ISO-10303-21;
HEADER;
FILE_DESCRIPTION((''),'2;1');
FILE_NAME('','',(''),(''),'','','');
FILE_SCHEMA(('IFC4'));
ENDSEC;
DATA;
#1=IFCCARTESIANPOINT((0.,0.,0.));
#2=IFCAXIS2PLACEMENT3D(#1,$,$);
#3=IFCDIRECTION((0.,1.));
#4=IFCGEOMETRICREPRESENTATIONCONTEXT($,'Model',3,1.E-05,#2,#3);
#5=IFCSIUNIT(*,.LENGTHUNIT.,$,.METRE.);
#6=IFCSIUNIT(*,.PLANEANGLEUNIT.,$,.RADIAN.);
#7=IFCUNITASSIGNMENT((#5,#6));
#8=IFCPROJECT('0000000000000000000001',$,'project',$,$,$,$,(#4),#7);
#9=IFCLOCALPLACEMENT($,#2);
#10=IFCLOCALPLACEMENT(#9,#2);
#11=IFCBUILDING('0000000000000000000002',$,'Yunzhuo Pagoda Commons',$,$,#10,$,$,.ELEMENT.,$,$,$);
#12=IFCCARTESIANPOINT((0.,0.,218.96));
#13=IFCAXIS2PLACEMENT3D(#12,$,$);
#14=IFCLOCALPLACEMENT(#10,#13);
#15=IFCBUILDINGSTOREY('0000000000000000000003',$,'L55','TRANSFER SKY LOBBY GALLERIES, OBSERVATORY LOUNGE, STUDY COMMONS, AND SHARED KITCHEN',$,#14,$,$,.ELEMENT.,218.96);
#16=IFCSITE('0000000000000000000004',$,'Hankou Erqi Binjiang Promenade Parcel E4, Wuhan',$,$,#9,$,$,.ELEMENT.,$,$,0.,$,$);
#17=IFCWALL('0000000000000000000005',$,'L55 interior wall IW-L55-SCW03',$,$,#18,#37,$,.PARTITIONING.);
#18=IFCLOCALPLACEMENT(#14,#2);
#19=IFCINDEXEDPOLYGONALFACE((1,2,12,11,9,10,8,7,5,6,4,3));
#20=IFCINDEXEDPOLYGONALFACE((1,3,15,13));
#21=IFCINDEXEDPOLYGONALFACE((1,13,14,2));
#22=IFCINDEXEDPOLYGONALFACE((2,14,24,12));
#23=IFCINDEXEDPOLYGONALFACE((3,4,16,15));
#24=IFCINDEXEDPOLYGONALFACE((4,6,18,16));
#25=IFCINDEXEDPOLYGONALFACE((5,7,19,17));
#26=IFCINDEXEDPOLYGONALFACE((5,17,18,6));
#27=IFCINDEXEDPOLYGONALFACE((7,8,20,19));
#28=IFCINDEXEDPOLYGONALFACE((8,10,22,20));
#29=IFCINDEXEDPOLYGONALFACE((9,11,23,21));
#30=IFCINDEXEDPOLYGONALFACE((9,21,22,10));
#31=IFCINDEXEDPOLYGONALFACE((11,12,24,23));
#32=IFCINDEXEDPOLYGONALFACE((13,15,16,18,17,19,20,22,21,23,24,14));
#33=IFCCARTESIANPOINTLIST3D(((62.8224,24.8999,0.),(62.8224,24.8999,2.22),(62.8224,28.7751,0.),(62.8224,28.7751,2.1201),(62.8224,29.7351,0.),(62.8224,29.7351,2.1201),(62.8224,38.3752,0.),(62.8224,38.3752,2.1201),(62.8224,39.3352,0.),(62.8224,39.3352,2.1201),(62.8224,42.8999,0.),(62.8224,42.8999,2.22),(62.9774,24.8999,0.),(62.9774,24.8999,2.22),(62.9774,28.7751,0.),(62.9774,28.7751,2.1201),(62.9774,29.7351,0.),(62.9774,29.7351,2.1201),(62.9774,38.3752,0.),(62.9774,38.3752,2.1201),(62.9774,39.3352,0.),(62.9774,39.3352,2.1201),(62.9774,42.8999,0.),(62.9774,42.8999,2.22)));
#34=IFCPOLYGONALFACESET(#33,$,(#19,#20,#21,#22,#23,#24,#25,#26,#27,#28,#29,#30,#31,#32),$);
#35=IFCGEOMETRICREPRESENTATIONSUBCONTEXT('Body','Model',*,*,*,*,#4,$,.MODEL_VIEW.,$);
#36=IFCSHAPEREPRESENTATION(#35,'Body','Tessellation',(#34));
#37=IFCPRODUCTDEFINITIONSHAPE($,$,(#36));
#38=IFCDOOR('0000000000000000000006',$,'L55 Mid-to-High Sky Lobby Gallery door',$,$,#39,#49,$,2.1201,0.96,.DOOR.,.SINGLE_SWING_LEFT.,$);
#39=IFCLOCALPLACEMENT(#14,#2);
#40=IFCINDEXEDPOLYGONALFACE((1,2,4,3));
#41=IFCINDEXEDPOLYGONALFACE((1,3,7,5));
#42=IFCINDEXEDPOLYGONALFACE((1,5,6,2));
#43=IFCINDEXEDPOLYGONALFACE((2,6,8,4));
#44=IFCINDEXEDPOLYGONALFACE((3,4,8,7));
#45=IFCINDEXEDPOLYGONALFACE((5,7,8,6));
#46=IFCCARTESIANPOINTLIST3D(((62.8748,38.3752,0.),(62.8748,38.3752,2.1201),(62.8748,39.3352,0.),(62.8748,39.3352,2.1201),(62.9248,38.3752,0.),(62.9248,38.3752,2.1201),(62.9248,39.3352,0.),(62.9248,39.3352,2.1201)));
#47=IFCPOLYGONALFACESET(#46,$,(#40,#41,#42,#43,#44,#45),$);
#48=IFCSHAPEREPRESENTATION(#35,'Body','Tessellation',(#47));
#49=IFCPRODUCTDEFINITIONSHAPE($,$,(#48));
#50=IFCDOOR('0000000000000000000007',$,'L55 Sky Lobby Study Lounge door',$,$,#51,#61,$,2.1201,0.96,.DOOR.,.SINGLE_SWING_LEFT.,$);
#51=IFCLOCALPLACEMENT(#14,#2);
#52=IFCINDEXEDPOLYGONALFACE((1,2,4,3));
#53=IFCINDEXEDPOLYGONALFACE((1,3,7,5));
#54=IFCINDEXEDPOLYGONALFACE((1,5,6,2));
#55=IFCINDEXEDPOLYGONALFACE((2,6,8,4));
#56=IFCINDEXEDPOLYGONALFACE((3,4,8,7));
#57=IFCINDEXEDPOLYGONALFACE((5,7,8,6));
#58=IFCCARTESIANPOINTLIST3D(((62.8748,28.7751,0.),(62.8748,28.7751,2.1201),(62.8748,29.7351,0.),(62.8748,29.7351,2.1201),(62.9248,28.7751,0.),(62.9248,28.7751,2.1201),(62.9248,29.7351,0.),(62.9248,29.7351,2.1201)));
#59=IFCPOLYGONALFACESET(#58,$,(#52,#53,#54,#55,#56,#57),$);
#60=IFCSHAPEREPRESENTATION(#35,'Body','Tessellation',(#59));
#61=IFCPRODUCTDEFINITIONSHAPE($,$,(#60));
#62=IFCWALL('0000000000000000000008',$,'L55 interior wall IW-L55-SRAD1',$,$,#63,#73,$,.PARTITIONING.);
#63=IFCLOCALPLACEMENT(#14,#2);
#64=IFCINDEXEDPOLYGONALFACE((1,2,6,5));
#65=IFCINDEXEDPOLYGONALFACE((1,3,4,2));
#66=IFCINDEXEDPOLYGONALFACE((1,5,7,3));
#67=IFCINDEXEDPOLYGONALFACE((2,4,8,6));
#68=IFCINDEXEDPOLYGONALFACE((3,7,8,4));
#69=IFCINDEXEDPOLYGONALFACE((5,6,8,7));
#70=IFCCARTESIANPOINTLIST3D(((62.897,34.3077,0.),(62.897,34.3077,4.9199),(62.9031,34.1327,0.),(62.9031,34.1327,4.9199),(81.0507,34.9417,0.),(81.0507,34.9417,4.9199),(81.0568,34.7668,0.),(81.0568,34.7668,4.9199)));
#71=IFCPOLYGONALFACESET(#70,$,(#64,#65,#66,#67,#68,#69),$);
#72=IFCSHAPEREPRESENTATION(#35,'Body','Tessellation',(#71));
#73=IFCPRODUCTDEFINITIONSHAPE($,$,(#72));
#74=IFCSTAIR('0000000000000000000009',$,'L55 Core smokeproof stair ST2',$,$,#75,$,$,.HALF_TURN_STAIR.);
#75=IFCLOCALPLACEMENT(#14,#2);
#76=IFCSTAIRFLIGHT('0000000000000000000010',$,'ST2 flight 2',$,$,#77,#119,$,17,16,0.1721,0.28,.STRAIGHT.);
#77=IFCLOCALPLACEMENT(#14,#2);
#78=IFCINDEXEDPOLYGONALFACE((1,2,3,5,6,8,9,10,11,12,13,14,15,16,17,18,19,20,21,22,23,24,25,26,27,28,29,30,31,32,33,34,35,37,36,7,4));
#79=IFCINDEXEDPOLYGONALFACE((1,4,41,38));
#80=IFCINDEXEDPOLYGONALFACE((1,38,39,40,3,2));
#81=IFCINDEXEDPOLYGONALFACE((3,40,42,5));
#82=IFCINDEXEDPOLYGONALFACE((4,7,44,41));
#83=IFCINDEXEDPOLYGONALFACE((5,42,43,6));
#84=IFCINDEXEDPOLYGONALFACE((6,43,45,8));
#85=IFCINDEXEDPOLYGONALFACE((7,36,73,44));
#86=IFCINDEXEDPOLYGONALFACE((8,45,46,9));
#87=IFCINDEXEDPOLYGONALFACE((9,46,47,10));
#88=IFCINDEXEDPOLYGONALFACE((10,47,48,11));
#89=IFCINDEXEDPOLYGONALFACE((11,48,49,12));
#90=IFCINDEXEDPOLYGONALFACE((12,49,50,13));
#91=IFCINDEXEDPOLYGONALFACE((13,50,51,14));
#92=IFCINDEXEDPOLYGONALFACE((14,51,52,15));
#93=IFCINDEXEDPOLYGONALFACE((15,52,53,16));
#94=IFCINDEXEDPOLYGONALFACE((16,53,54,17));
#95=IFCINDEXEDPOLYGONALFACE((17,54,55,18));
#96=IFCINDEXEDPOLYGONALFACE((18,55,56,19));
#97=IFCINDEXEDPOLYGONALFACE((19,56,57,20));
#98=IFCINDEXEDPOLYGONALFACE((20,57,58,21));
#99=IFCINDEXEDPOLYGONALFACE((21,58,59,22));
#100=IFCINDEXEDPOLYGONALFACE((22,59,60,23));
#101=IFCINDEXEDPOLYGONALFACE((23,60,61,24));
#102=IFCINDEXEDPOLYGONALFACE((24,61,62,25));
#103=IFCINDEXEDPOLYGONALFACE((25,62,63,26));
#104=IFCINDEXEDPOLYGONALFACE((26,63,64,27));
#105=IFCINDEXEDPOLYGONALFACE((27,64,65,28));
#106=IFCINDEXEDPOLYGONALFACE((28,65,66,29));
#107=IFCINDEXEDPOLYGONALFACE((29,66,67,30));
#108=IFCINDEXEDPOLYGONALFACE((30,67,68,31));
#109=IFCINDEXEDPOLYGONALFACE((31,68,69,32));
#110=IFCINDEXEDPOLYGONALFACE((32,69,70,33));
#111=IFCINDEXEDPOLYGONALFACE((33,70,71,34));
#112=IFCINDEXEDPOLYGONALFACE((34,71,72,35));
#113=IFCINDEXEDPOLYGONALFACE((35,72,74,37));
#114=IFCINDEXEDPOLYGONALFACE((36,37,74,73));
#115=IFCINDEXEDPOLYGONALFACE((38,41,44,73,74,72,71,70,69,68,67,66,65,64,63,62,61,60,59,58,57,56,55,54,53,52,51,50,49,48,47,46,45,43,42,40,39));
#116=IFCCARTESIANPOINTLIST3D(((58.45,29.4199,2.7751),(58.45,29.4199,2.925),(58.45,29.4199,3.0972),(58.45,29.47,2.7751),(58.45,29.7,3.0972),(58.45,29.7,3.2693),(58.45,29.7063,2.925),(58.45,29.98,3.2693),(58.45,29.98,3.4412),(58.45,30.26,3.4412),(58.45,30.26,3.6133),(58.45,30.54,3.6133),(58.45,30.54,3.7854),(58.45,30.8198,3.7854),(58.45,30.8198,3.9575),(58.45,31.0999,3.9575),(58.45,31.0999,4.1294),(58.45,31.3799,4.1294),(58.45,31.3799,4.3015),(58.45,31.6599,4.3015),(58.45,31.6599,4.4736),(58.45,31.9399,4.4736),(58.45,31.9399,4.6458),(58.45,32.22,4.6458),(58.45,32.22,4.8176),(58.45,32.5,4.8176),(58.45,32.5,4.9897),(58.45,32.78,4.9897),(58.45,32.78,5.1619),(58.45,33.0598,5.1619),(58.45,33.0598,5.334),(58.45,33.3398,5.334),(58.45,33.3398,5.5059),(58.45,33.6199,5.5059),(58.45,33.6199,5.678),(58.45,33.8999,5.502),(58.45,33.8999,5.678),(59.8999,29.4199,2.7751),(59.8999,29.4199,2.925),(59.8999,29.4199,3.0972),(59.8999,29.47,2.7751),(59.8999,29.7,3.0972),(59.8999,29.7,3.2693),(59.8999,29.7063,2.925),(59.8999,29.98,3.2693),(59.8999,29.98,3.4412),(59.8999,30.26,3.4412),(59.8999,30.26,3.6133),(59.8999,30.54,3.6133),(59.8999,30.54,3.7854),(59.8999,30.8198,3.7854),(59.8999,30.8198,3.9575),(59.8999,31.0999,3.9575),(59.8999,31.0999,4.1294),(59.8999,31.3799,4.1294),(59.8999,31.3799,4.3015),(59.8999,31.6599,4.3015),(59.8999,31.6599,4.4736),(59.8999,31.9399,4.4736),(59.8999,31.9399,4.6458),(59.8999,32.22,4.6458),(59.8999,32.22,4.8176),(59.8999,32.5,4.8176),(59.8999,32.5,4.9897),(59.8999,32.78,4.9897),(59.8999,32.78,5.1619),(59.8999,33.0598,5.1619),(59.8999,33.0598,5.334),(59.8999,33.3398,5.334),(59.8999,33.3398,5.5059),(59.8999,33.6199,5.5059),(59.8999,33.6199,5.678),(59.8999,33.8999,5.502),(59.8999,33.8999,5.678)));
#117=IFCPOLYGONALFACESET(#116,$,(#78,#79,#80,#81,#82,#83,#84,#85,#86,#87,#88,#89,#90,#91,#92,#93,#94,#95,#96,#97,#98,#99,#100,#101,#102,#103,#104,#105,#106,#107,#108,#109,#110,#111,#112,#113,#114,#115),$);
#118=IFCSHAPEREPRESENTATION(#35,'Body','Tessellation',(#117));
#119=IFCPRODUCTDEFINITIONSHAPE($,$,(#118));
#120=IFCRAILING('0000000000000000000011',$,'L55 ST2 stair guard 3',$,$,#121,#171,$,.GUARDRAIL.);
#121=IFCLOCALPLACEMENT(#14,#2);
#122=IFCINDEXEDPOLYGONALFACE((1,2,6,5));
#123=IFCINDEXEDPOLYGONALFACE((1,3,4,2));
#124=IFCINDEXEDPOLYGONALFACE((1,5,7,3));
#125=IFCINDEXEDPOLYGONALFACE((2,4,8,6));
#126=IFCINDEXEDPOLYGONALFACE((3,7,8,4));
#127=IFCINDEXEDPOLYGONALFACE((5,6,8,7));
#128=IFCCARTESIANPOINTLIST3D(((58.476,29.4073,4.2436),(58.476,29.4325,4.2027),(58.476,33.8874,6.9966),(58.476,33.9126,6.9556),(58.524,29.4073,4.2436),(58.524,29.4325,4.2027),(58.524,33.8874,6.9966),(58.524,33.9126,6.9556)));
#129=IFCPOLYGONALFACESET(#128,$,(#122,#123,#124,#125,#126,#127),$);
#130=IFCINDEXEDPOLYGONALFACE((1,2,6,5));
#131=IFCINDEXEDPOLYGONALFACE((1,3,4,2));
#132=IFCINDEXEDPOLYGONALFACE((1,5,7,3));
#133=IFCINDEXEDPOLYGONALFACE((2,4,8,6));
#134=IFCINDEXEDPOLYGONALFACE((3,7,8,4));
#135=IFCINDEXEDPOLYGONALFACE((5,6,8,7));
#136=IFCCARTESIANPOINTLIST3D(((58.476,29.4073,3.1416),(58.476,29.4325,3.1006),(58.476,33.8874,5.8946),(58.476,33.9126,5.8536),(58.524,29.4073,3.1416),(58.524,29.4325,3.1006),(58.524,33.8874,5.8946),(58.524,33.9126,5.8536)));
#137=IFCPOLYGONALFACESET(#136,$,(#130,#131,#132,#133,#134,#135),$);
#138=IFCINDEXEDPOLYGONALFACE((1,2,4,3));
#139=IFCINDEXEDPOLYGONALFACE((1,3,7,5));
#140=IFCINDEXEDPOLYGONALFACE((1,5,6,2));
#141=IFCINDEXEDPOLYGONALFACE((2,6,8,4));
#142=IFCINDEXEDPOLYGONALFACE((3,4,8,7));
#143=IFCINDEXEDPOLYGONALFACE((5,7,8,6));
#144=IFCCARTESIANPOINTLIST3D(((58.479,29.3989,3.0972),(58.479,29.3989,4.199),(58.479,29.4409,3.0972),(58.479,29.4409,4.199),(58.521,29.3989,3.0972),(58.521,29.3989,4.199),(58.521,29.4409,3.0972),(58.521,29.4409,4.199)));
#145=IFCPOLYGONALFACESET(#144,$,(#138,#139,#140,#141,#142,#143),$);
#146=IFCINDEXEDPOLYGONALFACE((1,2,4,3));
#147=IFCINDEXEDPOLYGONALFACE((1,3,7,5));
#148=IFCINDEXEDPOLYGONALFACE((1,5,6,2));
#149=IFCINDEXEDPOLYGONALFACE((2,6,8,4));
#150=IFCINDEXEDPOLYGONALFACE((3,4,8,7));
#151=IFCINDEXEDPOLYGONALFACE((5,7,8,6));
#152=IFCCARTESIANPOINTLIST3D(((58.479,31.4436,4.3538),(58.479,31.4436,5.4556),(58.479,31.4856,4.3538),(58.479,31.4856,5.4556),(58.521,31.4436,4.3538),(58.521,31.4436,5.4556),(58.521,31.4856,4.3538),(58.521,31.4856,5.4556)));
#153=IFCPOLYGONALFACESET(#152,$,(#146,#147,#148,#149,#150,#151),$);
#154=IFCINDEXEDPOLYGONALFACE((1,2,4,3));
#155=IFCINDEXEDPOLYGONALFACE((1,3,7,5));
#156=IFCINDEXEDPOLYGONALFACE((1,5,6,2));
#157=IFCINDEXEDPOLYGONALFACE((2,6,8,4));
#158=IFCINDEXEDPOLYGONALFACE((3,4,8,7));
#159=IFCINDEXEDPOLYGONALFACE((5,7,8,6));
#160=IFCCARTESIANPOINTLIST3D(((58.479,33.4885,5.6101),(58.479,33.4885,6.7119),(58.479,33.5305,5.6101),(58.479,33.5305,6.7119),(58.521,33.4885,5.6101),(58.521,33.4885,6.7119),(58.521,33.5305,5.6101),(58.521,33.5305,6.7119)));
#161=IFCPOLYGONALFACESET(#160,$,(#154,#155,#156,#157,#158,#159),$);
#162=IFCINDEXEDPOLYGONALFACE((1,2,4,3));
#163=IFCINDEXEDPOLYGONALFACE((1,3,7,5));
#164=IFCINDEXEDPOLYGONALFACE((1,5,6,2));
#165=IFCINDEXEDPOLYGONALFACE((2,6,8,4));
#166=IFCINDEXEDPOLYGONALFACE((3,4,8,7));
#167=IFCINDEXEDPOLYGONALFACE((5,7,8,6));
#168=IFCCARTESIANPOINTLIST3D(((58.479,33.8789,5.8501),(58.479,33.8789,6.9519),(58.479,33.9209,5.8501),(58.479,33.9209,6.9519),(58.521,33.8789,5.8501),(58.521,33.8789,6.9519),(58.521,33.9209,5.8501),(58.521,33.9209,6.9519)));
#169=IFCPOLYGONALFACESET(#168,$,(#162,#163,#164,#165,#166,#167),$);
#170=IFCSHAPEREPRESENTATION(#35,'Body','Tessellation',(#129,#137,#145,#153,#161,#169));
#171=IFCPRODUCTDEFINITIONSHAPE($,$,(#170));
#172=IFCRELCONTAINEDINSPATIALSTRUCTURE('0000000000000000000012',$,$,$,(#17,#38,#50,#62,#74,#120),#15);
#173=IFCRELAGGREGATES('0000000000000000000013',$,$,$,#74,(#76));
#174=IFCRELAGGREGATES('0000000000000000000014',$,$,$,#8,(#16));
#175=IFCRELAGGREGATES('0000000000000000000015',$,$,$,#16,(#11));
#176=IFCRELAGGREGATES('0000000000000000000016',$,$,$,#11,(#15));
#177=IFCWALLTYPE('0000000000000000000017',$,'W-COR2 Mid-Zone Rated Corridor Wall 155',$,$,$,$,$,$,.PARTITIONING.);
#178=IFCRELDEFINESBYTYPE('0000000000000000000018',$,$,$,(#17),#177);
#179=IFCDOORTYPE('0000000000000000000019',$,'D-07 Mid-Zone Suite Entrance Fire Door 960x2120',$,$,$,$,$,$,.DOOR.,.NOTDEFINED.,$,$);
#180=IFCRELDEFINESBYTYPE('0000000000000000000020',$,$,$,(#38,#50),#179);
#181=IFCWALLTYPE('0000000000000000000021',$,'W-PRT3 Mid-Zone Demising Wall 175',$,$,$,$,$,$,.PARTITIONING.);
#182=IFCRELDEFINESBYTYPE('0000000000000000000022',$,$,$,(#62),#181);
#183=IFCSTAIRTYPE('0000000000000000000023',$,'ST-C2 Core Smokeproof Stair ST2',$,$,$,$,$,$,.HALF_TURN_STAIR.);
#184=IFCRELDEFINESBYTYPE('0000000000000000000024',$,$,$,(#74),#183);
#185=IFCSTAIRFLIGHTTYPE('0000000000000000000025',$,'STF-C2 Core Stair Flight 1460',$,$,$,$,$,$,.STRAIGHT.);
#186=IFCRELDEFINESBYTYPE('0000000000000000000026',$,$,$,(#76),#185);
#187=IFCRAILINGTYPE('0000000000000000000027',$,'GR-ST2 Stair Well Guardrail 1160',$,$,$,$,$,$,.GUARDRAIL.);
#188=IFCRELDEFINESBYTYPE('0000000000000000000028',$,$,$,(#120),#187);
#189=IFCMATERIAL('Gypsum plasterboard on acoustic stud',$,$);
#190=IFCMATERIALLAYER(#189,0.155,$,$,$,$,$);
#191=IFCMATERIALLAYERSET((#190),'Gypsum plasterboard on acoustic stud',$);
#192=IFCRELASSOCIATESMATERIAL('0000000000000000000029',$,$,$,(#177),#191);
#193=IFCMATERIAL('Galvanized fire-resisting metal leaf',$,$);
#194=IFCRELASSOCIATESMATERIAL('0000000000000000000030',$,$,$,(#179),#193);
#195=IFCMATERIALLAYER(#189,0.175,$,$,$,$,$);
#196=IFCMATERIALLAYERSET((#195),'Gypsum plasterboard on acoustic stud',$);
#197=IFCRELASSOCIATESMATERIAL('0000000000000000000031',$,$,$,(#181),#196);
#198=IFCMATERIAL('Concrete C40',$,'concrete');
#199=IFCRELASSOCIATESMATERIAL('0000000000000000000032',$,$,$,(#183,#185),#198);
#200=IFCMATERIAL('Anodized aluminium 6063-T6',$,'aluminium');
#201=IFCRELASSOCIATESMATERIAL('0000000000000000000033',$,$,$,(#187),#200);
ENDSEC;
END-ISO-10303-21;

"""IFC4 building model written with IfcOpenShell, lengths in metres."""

from ifc_helpers import new_model, si_unit, direction, frame, frame_2d, origin, origin_with_axes, origin_2d, place, context, subcontext, project, spatial, polyline, rectangle, outline, extrude, source, transform, mapped, material, layer, layer_set, type_object, element, fill, aggregate, save


model = new_model("IFC4")

# Units and contexts
model_context = context("Model", 3, precision=1e-05, world=origin(), true_north=direction((0.0, 1.0)))
body_context = subcontext(model_context, "Body", "Model", "MODEL_VIEW")
ifc_project = project(units=[si_unit("LENGTHUNIT", "METRE"), si_unit("PLANEANGLEUNIT", "RADIAN")], contexts=[model_context])

# Site, building, storey
site_placement = place(None, origin())
site = spatial("IfcSite", under=ifc_project, at=site_placement, Name="Hankou Erqi Binjiang Promenade Parcel E4, Wuhan", CompositionType="ELEMENT", RefElevation=0.0)
building_placement = place(site_placement, origin())
building = spatial("IfcBuilding", under=site, at=building_placement, Name="Yunzhuo Pagoda Commons", CompositionType="ELEMENT")
storey_placement = place(building_placement, frame((0.0, 0.0, 218.96)))
storey = spatial("IfcBuildingStorey", under=building, at=storey_placement, Name="L55", Description="TRANSFER SKY LOBBY GALLERIES, OBSERVATORY LOUNGE, STUDY COMMONS, AND SHARED KITCHEN", CompositionType="ELEMENT", Elevation=218.96)

# Shared definitions
ifc_material_1 = material(Name="Anodized aluminium 6063-T6", Category="aluminium")

# Wall, openings, doors
ifc_material_2 = material(Name="Gypsum plasterboard on acoustic stud")
ifc_layer_1 = layer(ifc_material_2, 0.155)
ifc_layer_set_1 = layer_set([ifc_layer_1], Name="Gypsum plasterboard on acoustic stud")
wall_type_1 = type_object("IfcWallType", Name="W-COR2 Mid-Zone Rated Corridor Wall 155", PredefinedType="PARTITIONING", material=ifc_layer_set_1)
wall_1_placement = place(storey_placement, frame((62.8999, 42.8999, 0.0), z_axis=(0.0, 0.0, 1.0), x_axis=(0.0, -1.0, 0.0)))
wall_1 = element("IfcWall", 1, at=wall_1_placement, inside=storey, type_object=wall_type_1, Name="L55 interior wall IW-L55-SCW03", PredefinedType="PARTITIONING", context=body_context, shape_type="SweptSolid", body=[
    extrude(rectangle(XDim=18.0, YDim=0.155, at=frame_2d((9.0, 0.0))), origin(), (0.0, 0.0, 1.0), 2.22),
])
opening_1_placement = place(wall_1_placement, frame((3.5647, 0.0, 0.0)))
opening_1 = element("IfcOpeningElement", 2, at=opening_1_placement, cuts=wall_1, PredefinedType="OPENING", context=body_context, shape_type="SweptSolid", body=[
    extrude(rectangle(XDim=0.96, YDim=2.1201, at=frame_2d((0.48, 1.0601))), frame((0.0, 0.0874, 0.0), z_axis=(0.0, -1.0, 0.0), x_axis=(1.0, 0.0, 0.0)), (0.0, 0.0, 1.0), 0.175),
])
opening_2_placement = place(wall_1_placement, frame((13.1648, 0.0, 0.0)))
opening_2 = element("IfcOpeningElement", 3, at=opening_2_placement, cuts=wall_1, PredefinedType="OPENING", context=body_context, shape_type="SweptSolid", body=[
    extrude(rectangle(XDim=0.96, YDim=2.1201, at=frame_2d((0.48, 1.0601))), frame((0.0, 0.0874, 0.0), z_axis=(0.0, -1.0, 0.0), x_axis=(1.0, 0.0, 0.0)), (0.0, 0.0, 1.0), 0.175),
])
ifc_material_3 = material(Name="Galvanized fire-resisting metal leaf")
door_type = type_object("IfcDoorType", Name="D-07 Mid-Zone Suite Entrance Fire Door 960x2120", OperationType="NOTDEFINED", PredefinedType="DOOR", material=ifc_material_3)
shared_shape_1 = source(origin(), body_context, "Body", "SweptSolid", [
    extrude(rectangle(XDim=0.96, YDim=2.1201, at=frame_2d((0.48, 1.0601))), frame((0.0, 0.0249, 0.0), z_axis=(0.0, -1.0, 0.0), x_axis=(1.0, 0.0, 0.0)), (0.0, 0.0, 1.0), 0.05),
])
door_1_placement = place(opening_1_placement, origin_with_axes())
door_1 = element("IfcDoor", 4, at=door_1_placement, inside=storey, type_object=door_type, Name="L55 Mid-to-High Sky Lobby Gallery door", OperationType="SINGLE_SWING_LEFT", OverallHeight=2.1201, OverallWidth=0.96, PredefinedType="DOOR", context=body_context, shape_type="MappedRepresentation", body=[
    mapped(shared_shape_1, transform((0.0, 0.0, 0.0), scale=1.0)),
])
fill(opening_1, door_1)
door_2_placement = place(opening_2_placement, origin_with_axes())
door_2 = element("IfcDoor", 5, at=door_2_placement, inside=storey, type_object=door_type, Name="L55 Sky Lobby Study Lounge door", OperationType="SINGLE_SWING_LEFT", OverallHeight=2.1201, OverallWidth=0.96, PredefinedType="DOOR", context=body_context, shape_type="MappedRepresentation", body=[
    mapped(shared_shape_1, transform((0.0, 0.0, 0.0), scale=1.0)),
])
fill(opening_2, door_2)

# Wall
ifc_layer_2 = layer(ifc_material_2, 0.175)
ifc_layer_set_2 = layer_set([ifc_layer_2], Name="Gypsum plasterboard on acoustic stud")
wall_type_2 = type_object("IfcWallType", Name="W-PRT3 Mid-Zone Demising Wall 175", PredefinedType="PARTITIONING", material=ifc_layer_set_2)
wall_2_placement = place(storey_placement, frame((62.8999, 34.2202, 0.0), z_axis=(0.0, 0.0, 1.0), x_axis=(0.999391, 0.034904, 0.0)))
element("IfcWall", 6, at=wall_2_placement, inside=storey, type_object=wall_type_2, Name="L55 interior wall IW-L55-SRAD1", PredefinedType="PARTITIONING", context=body_context, shape_type="SweptSolid", body=[
    extrude(rectangle(XDim=18.1648, YDim=0.175, at=frame_2d((9.0825, 0.0))), origin(), (0.0, 0.0, 1.0), 4.9199),
])

# Stair, stair flight
ifc_material_4 = material(Name="Concrete C40", Category="concrete")
stair_type = type_object("IfcStairType", Name="ST-C2 Core Smokeproof Stair ST2", PredefinedType="HALF_TURN_STAIR", material=ifc_material_4)
stair_placement = place(storey_placement, origin())
stair = element("IfcStair", 7, at=stair_placement, inside=storey, type_object=stair_type, Name="L55 Core smokeproof stair ST2", PredefinedType="HALF_TURN_STAIR")
stair_flight_type = type_object("IfcStairFlightType", Name="STF-C2 Core Stair Flight 1460", PredefinedType="STRAIGHT", material=ifc_material_4)
shared_shape_2 = source(origin(), body_context, "Body", "SweptSolid", [
    extrude(outline(polyline([(0.0, -0.1499), (0.0, 0.0), (0.0, 0.1721), (0.28, 0.1721), (0.28, 0.3442), (0.5601, 0.3442), (0.5601, 0.5161), (0.8401, 0.5161), (0.8401, 0.6882), (1.1201, 0.6882), (1.1201, 0.8604), (1.3999, 0.8604), (1.3999, 1.0325), (1.6799, 1.0325), (1.6799, 1.2043), (1.96, 1.2043), (1.96, 1.3765), (2.24, 1.3765), (2.24, 1.5486), (2.52, 1.5486), (2.52, 1.7207), (2.8, 1.7207), (2.8, 1.8926), (3.0801, 1.8926), (3.0801, 2.0647), (3.3601, 2.0647), (3.3601, 2.2368), (3.6399, 2.2368), (3.6399, 2.4089), (3.9199, 2.4089), (3.9199, 2.5808), (4.2, 2.5808), (4.2, 2.7529), (4.48, 2.7529), (4.48, 2.925), (4.48, 2.5769), (0.2864, 0.0), (0.05, -0.1499), (0.0, -0.1499)])), frame((0.0, 0.7251, 0.0), z_axis=(0.0, -1.0, 0.0), x_axis=(1.0, 0.0, 0.0)), (0.0, 0.0, 1.0), 1.45),
])
stair_flight_placement = place(storey_placement, frame((59.175, 29.4199, 2.925), z_axis=(0.0, 0.0, 1.0), x_axis=(0.0, 1.0, 0.0)))
stair_flight = element("IfcStairFlight", 8, at=stair_flight_placement, type_object=stair_flight_type, Name="ST2 flight 2", NumberOfRisers=17, NumberOfTreads=16, PredefinedType="STRAIGHT", RiserHeight=0.1721, TreadLength=0.28, context=body_context, shape_type="MappedRepresentation", body=[
    mapped(shared_shape_2, transform((0.0, 0.0, 0.0), scale=1.0)),
])
aggregate(stair, [stair_flight])

# Railing
railing_type_1 = type_object("IfcRailingType", Name="GR-ST2 Stair Well Guardrail 1160", PredefinedType="GUARDRAIL", material=ifc_material_1)
railing_1_placement = place(storey_placement, frame((58.5, 29.4199, 3.0972)))
element("IfcRailing", 9, at=railing_1_placement, inside=storey, type_object=railing_type_1, Name="L55 ST2 stair guard 3", PredefinedType="GUARDRAIL", context=body_context, shape_type="SweptSolid", body=[
    extrude(rectangle(XDim=0.0481, YDim=0.0481, at=origin_2d()), frame((0.0, 0.0, 1.126), z_axis=(0.0, 0.851996, 0.523548), x_axis=(-1.0, 0.0, 0.0)), (0.0, 0.0, 1.0), 5.2583),
    extrude(rectangle(XDim=0.0481, YDim=0.0481, at=origin_2d()), frame((0.0, 0.0, 0.0239), z_axis=(0.0, 0.851996, 0.523548), x_axis=(-1.0, 0.0, 0.0)), (0.0, 0.0, 1.0), 5.2583),
    extrude(rectangle(XDim=0.042, YDim=0.042, at=origin_2d()), origin(), (0.0, 0.0, 1.0), 1.1018),
    extrude(rectangle(XDim=0.042, YDim=0.042, at=origin_2d()), frame((0.0, 2.0447, 1.2566)), (0.0, 0.0, 1.0), 1.1018),
    extrude(rectangle(XDim=0.042, YDim=0.042, at=origin_2d()), frame((0.0, 4.0896, 2.5129)), (0.0, 0.0, 1.0), 1.1018),
    extrude(rectangle(XDim=0.042, YDim=0.042, at=origin_2d()), frame((0.0, 4.48, 2.7529)), (0.0, 0.0, 1.0), 1.1018),
])

save(model, "model.ifc")
